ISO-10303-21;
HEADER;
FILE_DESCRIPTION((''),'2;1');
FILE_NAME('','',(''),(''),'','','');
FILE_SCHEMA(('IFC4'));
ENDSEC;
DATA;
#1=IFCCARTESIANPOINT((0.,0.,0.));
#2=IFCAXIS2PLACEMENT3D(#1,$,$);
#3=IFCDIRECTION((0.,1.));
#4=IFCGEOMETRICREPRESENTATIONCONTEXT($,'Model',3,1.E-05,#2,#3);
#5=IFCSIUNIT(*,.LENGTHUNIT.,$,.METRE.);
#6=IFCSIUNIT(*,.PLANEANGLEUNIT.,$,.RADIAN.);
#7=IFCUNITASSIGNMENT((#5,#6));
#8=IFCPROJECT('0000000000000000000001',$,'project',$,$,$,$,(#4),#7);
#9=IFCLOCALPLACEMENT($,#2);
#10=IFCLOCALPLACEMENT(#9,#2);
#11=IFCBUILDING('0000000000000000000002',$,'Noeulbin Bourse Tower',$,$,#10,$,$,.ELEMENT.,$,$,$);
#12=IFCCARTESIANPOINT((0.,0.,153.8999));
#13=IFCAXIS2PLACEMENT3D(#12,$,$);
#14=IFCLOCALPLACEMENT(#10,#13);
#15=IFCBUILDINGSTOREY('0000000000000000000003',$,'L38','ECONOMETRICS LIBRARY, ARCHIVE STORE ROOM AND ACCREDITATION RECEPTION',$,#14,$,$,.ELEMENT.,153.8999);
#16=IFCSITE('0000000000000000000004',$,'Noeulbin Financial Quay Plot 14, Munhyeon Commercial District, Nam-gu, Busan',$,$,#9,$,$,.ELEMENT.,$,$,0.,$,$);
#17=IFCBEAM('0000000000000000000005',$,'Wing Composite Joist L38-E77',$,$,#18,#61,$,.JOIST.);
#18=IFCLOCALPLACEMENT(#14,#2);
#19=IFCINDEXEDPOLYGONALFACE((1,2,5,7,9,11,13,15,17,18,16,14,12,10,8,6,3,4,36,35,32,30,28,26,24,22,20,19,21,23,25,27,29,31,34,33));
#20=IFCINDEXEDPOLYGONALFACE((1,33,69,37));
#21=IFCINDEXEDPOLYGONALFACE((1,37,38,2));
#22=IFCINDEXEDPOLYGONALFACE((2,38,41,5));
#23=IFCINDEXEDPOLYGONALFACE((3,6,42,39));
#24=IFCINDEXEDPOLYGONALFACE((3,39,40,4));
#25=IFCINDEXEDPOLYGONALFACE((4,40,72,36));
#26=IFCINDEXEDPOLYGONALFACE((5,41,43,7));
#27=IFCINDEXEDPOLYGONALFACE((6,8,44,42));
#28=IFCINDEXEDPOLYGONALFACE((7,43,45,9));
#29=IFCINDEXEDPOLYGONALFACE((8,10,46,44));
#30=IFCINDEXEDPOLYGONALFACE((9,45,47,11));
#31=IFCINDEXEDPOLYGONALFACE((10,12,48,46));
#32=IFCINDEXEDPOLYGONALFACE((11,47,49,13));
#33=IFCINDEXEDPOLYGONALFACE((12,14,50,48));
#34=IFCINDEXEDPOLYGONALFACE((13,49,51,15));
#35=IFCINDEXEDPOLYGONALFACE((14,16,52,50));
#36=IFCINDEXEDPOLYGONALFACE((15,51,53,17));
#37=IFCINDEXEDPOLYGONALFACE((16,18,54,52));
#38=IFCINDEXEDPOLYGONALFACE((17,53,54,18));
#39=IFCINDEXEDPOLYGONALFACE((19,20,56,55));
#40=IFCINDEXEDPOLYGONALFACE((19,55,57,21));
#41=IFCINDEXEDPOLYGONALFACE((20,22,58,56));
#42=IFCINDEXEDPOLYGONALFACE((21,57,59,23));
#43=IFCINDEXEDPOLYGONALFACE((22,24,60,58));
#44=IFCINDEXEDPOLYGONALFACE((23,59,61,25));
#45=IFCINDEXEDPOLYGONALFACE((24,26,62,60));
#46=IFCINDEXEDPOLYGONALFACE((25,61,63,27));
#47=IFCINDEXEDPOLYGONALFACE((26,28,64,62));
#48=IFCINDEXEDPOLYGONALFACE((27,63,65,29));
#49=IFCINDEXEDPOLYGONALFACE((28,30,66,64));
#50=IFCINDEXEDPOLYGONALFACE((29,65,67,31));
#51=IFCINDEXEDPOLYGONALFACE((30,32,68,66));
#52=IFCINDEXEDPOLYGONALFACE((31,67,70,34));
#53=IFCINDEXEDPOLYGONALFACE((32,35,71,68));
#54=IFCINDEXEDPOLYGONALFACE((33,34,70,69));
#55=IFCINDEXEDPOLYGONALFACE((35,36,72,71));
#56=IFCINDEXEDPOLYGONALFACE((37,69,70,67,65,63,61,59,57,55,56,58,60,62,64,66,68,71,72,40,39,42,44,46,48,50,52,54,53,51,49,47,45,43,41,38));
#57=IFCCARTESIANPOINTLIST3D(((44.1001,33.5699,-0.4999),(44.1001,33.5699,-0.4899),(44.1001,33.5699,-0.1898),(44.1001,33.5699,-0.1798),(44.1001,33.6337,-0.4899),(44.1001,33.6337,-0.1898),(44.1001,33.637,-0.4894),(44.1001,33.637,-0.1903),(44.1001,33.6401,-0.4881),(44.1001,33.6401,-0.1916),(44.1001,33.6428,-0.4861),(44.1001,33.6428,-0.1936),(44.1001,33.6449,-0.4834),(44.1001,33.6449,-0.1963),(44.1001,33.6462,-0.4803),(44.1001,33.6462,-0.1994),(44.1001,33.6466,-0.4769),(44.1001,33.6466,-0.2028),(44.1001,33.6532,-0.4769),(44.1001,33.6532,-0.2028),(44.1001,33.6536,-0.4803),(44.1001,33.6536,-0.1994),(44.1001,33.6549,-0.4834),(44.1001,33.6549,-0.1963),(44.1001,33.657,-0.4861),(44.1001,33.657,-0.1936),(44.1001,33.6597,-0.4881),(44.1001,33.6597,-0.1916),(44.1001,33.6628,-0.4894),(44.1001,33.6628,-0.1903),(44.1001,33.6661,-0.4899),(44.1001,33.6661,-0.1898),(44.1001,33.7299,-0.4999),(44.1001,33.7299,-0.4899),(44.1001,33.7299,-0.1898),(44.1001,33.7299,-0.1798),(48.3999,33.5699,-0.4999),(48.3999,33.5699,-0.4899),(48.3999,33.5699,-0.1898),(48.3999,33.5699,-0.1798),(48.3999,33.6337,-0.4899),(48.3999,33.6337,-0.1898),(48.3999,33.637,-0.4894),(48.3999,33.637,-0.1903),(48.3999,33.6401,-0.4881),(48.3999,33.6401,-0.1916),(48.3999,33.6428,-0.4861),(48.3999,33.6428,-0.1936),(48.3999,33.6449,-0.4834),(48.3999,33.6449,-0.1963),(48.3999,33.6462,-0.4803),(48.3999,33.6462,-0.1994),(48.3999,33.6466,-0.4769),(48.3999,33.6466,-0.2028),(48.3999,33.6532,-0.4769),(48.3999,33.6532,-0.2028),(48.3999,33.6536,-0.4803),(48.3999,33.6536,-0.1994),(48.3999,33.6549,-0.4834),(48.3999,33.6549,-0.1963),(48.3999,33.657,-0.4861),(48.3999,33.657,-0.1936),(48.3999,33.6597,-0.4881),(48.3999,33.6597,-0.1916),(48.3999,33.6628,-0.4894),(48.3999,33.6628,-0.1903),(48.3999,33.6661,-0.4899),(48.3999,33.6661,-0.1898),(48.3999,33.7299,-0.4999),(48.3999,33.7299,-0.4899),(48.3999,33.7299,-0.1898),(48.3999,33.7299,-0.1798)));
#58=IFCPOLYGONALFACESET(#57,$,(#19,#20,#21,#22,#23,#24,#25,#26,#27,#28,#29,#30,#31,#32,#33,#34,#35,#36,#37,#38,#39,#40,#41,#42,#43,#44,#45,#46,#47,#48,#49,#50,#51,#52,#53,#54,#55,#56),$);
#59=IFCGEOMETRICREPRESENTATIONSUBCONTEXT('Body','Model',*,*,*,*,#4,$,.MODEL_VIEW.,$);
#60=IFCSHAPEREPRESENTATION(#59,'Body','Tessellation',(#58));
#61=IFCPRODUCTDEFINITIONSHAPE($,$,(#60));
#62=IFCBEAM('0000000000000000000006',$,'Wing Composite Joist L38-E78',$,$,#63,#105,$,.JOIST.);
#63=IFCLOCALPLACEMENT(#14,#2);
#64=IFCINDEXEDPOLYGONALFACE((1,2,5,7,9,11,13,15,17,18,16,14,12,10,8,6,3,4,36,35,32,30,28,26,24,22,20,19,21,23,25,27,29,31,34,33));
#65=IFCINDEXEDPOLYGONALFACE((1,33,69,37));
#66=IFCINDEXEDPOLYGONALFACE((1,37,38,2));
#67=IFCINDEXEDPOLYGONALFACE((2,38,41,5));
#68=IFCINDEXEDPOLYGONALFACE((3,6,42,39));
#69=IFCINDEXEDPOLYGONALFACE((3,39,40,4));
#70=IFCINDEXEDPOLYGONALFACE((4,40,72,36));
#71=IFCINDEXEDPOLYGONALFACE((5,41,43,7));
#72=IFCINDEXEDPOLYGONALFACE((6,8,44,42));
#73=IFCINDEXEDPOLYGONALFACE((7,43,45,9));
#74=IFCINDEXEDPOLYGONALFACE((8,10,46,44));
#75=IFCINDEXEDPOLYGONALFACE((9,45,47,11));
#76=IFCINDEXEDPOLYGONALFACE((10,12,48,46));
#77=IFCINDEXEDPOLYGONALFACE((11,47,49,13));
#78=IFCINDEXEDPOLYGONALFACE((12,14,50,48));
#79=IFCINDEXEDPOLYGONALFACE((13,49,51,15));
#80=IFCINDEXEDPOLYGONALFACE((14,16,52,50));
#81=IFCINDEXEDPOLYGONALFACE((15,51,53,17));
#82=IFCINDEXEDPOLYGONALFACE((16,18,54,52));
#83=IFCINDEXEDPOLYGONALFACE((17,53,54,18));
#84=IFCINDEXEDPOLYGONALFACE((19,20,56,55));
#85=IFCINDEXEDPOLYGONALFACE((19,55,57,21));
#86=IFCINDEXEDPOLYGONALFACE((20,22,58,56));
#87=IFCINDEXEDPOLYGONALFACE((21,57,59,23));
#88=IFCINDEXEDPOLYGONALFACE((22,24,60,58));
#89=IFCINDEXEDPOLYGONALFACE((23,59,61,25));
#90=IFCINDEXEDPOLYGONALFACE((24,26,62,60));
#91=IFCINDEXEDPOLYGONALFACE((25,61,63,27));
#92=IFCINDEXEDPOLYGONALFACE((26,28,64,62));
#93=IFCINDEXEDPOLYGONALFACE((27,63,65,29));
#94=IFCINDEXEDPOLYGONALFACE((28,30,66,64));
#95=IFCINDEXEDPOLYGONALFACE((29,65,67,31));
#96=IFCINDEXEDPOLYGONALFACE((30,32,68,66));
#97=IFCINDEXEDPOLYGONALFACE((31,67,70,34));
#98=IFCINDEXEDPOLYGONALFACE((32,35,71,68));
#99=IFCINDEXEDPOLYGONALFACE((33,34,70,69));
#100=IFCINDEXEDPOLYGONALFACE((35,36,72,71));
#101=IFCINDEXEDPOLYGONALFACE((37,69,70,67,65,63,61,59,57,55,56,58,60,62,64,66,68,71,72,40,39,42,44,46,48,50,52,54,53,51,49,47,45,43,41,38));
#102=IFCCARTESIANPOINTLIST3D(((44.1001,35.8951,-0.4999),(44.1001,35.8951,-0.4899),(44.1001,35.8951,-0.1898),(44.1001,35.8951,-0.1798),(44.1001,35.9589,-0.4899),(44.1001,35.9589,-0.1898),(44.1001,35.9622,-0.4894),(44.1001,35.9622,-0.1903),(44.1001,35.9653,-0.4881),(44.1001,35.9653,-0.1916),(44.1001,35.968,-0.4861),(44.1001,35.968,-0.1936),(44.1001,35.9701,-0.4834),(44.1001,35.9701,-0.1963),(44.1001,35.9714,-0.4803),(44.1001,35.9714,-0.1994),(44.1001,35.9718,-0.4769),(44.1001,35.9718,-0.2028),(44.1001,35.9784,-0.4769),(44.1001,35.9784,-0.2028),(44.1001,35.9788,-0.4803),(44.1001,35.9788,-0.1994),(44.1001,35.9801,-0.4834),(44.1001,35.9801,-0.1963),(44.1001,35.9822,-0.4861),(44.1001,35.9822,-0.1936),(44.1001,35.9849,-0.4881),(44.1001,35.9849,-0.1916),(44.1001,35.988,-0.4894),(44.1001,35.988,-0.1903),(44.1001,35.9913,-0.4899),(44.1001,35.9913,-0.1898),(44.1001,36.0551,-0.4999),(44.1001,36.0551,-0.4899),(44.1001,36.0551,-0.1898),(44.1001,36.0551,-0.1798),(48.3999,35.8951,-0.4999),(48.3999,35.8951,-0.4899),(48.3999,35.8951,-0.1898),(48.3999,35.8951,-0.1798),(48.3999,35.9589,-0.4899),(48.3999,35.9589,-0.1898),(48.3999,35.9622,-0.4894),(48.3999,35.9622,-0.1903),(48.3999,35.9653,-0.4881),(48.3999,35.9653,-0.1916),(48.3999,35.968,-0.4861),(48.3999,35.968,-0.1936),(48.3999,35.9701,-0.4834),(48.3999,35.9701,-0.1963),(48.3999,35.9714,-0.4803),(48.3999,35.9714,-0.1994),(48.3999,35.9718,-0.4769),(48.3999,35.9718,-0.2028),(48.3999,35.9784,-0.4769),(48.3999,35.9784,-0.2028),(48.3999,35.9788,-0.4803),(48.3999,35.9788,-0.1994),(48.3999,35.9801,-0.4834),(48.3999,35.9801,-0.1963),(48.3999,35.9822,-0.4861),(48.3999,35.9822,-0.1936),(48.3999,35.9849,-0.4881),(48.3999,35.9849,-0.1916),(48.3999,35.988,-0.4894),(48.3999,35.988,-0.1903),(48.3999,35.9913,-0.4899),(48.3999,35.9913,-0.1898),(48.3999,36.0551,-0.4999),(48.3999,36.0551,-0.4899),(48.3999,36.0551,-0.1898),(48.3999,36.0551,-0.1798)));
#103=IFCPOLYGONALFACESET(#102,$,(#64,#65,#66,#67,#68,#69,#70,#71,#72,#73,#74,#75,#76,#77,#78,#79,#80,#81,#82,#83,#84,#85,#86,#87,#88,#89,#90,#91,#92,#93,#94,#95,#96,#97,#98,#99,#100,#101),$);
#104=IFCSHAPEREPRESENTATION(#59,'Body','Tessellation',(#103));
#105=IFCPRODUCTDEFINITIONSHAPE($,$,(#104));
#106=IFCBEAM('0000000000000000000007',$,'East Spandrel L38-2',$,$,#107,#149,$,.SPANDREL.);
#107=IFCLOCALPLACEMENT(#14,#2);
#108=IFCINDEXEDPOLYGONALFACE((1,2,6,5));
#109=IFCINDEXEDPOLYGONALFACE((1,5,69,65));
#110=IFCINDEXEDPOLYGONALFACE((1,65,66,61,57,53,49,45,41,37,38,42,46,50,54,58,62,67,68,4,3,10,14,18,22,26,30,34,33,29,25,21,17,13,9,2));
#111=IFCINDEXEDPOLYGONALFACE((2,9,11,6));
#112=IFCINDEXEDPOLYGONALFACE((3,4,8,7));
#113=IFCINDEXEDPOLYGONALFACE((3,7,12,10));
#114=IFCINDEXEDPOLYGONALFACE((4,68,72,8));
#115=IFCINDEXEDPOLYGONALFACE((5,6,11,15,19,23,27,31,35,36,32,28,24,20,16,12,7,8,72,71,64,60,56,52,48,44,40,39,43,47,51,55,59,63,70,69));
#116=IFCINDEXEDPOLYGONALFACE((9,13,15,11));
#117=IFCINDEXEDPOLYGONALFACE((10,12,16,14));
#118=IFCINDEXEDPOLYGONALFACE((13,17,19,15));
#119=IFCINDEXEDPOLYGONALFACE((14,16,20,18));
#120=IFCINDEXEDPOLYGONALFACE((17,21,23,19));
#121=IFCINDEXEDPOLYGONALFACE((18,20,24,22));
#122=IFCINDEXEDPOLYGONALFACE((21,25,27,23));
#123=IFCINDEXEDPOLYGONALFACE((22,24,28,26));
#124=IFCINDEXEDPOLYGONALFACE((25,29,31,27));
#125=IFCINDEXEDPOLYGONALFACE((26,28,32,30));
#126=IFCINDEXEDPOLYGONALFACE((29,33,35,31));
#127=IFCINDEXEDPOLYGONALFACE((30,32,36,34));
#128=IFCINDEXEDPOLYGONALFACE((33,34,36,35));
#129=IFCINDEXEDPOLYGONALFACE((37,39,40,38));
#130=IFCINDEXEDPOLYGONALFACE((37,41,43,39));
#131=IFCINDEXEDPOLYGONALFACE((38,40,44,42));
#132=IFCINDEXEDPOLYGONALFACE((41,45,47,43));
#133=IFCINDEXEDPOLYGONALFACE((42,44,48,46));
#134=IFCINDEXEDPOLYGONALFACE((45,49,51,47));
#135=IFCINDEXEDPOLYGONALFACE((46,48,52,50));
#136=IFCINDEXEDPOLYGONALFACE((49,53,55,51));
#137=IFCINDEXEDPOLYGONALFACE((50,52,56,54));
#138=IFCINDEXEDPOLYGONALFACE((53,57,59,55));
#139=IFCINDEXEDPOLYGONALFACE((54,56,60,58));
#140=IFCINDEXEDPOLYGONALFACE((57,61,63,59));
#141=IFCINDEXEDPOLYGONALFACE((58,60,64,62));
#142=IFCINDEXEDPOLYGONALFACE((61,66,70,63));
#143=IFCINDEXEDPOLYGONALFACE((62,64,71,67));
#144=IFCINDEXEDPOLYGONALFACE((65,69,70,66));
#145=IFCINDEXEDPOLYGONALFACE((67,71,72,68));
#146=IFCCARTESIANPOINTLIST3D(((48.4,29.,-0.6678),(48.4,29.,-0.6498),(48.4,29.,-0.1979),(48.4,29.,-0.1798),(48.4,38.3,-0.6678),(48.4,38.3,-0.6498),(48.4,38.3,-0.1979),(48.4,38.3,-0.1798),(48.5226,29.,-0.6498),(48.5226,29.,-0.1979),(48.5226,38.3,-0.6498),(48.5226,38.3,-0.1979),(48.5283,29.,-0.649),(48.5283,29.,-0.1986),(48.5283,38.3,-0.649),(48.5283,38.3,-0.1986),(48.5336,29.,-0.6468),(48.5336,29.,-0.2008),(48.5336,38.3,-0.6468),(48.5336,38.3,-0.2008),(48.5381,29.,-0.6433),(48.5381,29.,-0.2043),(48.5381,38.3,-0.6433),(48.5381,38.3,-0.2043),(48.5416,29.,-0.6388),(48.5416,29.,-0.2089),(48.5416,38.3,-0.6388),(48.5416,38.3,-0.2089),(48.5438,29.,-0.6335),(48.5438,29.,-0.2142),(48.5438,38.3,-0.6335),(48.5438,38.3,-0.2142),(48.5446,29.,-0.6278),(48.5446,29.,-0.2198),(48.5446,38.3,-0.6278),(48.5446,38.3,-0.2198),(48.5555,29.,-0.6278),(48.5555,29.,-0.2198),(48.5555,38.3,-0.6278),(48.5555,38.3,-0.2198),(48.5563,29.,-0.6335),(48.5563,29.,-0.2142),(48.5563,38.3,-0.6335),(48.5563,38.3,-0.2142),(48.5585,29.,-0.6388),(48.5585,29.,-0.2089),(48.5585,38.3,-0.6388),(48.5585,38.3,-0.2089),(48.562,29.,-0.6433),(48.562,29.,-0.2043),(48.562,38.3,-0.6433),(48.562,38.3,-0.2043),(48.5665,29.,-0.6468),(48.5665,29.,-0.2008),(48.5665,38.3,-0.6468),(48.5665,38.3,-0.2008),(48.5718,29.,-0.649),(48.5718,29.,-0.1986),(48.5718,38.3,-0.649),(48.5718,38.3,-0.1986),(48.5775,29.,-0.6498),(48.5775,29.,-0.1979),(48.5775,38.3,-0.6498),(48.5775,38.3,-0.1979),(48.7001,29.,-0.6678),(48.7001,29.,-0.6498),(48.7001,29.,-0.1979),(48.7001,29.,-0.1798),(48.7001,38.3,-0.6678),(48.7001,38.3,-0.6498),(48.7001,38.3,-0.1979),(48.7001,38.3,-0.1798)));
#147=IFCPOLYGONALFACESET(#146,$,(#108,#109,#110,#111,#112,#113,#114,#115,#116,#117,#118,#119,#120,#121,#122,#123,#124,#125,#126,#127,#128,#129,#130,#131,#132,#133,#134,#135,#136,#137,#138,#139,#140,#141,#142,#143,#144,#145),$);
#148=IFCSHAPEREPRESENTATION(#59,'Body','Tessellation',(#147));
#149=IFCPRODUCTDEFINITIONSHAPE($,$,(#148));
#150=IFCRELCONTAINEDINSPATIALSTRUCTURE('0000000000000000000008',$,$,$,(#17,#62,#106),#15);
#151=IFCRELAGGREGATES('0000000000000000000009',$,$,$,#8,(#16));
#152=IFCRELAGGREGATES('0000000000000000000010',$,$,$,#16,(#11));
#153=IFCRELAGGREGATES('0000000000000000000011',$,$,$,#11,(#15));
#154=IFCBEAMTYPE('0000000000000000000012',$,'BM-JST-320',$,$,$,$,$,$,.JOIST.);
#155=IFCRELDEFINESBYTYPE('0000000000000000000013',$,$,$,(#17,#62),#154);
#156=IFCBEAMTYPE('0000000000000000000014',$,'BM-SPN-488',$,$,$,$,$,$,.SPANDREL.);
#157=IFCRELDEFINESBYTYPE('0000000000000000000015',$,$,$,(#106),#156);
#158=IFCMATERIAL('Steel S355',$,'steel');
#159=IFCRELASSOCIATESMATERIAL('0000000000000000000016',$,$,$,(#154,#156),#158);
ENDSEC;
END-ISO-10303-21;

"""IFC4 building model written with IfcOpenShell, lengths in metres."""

from ifc_helpers import new_model, si_unit, direction, frame, origin, origin_2d, place, context, subcontext, project, spatial, i_section, extrude, material, material_profile, profile_set, type_object, element, save


model = new_model("IFC4")

# Units and contexts
model_context = context("Model", 3, precision=1e-05, world=origin(), true_north=direction((0.0, 1.0)))
body_context = subcontext(model_context, "Body", "Model", "MODEL_VIEW")
ifc_project = project(units=[si_unit("LENGTHUNIT", "METRE"), si_unit("PLANEANGLEUNIT", "RADIAN")], contexts=[model_context])

# Site, building, storey
site_placement = place(None, origin())
site = spatial("IfcSite", under=ifc_project, at=site_placement, Name="Noeulbin Financial Quay Plot 14, Munhyeon Commercial District, Nam-gu, Busan", CompositionType="ELEMENT", RefElevation=0.0)
building_placement = place(site_placement, origin())
building = spatial("IfcBuilding", under=site, at=building_placement, Name="Noeulbin Bourse Tower", CompositionType="ELEMENT")
storey_placement = place(building_placement, frame((0.0, 0.0, 153.8999)))
storey = spatial("IfcBuildingStorey", under=building, at=storey_placement, Name="L38", Description="ECONOMETRICS LIBRARY, ARCHIVE STORE ROOM AND ACCREDITATION RECEPTION", CompositionType="ELEMENT", Elevation=153.8999)

# Shared definitions
ifc_material_1 = material(Name="Steel S355", Category="steel")

# Beams
ifc_material_profile_1 = material_profile(ifc_material_1, i_section(OverallWidth=0.1599, OverallDepth=0.3201, WebThickness=0.0066, FlangeThickness=0.01, FilletRadius=0.0129, at=origin_2d()), Name="H-320x160x6.5x10", Category="LoadBearing")
ifc_profile_set_1 = profile_set([ifc_material_profile_1], Name="Steel S355")
beam_type_1 = type_object("IfcBeamType", Name="BM-JST-320", PredefinedType="JOIST", material=ifc_profile_set_1)
for number, where, z_axis, x_axis, name in (
    (1, (44.1001, 33.6499, -0.3398), (1.0, 0.0, 0.0), (0.0, 1.0, 0.0), "Wing Composite Joist L38-E77"),
    (2, (44.1001, 35.9751, -0.3398), (1.0, 0.0, 0.0), (0.0, 1.0, 0.0), "Wing Composite Joist L38-E78"),
):
    element("IfcBeam", number, at=place(storey_placement, frame(where, z_axis=z_axis, x_axis=x_axis)), inside=storey, type_object=beam_type_1, Name=name, PredefinedType="JOIST", context=body_context, shape_type="SweptSolid", body=[
        extrude(i_section(OverallWidth=0.1599, OverallDepth=0.3201, WebThickness=0.0066, FlangeThickness=0.01, FilletRadius=0.0129, at=origin_2d()), origin(), (0.0, 0.0, 1.0), 4.2998),
    ])
ifc_material_profile_2 = material_profile(ifc_material_1, i_section(OverallWidth=0.3, OverallDepth=0.488, WebThickness=0.011, FlangeThickness=0.0181, FilletRadius=0.022, at=origin_2d()), Name="H-488x300x11x18", Category="LoadBearing")
ifc_profile_set_2 = profile_set([ifc_material_profile_2], Name="Steel S355")
beam_type_2 = type_object("IfcBeamType", Name="BM-SPN-488", PredefinedType="SPANDREL", material=ifc_profile_set_2)
beam_placement = place(storey_placement, frame((48.55, 29.0, -0.4238), z_axis=(0.0, 1.0, 0.0), x_axis=(-1.0, 0.0, 0.0)))
element("IfcBeam", 3, at=beam_placement, inside=storey, type_object=beam_type_2, Name="East Spandrel L38-2", PredefinedType="SPANDREL", context=body_context, shape_type="SweptSolid", body=[
    extrude(i_section(OverallWidth=0.3, OverallDepth=0.488, WebThickness=0.011, FlangeThickness=0.0181, FilletRadius=0.022, at=origin_2d()), origin(), (0.0, 0.0, 1.0), 9.3),
])

save(model, "model.ifc")
